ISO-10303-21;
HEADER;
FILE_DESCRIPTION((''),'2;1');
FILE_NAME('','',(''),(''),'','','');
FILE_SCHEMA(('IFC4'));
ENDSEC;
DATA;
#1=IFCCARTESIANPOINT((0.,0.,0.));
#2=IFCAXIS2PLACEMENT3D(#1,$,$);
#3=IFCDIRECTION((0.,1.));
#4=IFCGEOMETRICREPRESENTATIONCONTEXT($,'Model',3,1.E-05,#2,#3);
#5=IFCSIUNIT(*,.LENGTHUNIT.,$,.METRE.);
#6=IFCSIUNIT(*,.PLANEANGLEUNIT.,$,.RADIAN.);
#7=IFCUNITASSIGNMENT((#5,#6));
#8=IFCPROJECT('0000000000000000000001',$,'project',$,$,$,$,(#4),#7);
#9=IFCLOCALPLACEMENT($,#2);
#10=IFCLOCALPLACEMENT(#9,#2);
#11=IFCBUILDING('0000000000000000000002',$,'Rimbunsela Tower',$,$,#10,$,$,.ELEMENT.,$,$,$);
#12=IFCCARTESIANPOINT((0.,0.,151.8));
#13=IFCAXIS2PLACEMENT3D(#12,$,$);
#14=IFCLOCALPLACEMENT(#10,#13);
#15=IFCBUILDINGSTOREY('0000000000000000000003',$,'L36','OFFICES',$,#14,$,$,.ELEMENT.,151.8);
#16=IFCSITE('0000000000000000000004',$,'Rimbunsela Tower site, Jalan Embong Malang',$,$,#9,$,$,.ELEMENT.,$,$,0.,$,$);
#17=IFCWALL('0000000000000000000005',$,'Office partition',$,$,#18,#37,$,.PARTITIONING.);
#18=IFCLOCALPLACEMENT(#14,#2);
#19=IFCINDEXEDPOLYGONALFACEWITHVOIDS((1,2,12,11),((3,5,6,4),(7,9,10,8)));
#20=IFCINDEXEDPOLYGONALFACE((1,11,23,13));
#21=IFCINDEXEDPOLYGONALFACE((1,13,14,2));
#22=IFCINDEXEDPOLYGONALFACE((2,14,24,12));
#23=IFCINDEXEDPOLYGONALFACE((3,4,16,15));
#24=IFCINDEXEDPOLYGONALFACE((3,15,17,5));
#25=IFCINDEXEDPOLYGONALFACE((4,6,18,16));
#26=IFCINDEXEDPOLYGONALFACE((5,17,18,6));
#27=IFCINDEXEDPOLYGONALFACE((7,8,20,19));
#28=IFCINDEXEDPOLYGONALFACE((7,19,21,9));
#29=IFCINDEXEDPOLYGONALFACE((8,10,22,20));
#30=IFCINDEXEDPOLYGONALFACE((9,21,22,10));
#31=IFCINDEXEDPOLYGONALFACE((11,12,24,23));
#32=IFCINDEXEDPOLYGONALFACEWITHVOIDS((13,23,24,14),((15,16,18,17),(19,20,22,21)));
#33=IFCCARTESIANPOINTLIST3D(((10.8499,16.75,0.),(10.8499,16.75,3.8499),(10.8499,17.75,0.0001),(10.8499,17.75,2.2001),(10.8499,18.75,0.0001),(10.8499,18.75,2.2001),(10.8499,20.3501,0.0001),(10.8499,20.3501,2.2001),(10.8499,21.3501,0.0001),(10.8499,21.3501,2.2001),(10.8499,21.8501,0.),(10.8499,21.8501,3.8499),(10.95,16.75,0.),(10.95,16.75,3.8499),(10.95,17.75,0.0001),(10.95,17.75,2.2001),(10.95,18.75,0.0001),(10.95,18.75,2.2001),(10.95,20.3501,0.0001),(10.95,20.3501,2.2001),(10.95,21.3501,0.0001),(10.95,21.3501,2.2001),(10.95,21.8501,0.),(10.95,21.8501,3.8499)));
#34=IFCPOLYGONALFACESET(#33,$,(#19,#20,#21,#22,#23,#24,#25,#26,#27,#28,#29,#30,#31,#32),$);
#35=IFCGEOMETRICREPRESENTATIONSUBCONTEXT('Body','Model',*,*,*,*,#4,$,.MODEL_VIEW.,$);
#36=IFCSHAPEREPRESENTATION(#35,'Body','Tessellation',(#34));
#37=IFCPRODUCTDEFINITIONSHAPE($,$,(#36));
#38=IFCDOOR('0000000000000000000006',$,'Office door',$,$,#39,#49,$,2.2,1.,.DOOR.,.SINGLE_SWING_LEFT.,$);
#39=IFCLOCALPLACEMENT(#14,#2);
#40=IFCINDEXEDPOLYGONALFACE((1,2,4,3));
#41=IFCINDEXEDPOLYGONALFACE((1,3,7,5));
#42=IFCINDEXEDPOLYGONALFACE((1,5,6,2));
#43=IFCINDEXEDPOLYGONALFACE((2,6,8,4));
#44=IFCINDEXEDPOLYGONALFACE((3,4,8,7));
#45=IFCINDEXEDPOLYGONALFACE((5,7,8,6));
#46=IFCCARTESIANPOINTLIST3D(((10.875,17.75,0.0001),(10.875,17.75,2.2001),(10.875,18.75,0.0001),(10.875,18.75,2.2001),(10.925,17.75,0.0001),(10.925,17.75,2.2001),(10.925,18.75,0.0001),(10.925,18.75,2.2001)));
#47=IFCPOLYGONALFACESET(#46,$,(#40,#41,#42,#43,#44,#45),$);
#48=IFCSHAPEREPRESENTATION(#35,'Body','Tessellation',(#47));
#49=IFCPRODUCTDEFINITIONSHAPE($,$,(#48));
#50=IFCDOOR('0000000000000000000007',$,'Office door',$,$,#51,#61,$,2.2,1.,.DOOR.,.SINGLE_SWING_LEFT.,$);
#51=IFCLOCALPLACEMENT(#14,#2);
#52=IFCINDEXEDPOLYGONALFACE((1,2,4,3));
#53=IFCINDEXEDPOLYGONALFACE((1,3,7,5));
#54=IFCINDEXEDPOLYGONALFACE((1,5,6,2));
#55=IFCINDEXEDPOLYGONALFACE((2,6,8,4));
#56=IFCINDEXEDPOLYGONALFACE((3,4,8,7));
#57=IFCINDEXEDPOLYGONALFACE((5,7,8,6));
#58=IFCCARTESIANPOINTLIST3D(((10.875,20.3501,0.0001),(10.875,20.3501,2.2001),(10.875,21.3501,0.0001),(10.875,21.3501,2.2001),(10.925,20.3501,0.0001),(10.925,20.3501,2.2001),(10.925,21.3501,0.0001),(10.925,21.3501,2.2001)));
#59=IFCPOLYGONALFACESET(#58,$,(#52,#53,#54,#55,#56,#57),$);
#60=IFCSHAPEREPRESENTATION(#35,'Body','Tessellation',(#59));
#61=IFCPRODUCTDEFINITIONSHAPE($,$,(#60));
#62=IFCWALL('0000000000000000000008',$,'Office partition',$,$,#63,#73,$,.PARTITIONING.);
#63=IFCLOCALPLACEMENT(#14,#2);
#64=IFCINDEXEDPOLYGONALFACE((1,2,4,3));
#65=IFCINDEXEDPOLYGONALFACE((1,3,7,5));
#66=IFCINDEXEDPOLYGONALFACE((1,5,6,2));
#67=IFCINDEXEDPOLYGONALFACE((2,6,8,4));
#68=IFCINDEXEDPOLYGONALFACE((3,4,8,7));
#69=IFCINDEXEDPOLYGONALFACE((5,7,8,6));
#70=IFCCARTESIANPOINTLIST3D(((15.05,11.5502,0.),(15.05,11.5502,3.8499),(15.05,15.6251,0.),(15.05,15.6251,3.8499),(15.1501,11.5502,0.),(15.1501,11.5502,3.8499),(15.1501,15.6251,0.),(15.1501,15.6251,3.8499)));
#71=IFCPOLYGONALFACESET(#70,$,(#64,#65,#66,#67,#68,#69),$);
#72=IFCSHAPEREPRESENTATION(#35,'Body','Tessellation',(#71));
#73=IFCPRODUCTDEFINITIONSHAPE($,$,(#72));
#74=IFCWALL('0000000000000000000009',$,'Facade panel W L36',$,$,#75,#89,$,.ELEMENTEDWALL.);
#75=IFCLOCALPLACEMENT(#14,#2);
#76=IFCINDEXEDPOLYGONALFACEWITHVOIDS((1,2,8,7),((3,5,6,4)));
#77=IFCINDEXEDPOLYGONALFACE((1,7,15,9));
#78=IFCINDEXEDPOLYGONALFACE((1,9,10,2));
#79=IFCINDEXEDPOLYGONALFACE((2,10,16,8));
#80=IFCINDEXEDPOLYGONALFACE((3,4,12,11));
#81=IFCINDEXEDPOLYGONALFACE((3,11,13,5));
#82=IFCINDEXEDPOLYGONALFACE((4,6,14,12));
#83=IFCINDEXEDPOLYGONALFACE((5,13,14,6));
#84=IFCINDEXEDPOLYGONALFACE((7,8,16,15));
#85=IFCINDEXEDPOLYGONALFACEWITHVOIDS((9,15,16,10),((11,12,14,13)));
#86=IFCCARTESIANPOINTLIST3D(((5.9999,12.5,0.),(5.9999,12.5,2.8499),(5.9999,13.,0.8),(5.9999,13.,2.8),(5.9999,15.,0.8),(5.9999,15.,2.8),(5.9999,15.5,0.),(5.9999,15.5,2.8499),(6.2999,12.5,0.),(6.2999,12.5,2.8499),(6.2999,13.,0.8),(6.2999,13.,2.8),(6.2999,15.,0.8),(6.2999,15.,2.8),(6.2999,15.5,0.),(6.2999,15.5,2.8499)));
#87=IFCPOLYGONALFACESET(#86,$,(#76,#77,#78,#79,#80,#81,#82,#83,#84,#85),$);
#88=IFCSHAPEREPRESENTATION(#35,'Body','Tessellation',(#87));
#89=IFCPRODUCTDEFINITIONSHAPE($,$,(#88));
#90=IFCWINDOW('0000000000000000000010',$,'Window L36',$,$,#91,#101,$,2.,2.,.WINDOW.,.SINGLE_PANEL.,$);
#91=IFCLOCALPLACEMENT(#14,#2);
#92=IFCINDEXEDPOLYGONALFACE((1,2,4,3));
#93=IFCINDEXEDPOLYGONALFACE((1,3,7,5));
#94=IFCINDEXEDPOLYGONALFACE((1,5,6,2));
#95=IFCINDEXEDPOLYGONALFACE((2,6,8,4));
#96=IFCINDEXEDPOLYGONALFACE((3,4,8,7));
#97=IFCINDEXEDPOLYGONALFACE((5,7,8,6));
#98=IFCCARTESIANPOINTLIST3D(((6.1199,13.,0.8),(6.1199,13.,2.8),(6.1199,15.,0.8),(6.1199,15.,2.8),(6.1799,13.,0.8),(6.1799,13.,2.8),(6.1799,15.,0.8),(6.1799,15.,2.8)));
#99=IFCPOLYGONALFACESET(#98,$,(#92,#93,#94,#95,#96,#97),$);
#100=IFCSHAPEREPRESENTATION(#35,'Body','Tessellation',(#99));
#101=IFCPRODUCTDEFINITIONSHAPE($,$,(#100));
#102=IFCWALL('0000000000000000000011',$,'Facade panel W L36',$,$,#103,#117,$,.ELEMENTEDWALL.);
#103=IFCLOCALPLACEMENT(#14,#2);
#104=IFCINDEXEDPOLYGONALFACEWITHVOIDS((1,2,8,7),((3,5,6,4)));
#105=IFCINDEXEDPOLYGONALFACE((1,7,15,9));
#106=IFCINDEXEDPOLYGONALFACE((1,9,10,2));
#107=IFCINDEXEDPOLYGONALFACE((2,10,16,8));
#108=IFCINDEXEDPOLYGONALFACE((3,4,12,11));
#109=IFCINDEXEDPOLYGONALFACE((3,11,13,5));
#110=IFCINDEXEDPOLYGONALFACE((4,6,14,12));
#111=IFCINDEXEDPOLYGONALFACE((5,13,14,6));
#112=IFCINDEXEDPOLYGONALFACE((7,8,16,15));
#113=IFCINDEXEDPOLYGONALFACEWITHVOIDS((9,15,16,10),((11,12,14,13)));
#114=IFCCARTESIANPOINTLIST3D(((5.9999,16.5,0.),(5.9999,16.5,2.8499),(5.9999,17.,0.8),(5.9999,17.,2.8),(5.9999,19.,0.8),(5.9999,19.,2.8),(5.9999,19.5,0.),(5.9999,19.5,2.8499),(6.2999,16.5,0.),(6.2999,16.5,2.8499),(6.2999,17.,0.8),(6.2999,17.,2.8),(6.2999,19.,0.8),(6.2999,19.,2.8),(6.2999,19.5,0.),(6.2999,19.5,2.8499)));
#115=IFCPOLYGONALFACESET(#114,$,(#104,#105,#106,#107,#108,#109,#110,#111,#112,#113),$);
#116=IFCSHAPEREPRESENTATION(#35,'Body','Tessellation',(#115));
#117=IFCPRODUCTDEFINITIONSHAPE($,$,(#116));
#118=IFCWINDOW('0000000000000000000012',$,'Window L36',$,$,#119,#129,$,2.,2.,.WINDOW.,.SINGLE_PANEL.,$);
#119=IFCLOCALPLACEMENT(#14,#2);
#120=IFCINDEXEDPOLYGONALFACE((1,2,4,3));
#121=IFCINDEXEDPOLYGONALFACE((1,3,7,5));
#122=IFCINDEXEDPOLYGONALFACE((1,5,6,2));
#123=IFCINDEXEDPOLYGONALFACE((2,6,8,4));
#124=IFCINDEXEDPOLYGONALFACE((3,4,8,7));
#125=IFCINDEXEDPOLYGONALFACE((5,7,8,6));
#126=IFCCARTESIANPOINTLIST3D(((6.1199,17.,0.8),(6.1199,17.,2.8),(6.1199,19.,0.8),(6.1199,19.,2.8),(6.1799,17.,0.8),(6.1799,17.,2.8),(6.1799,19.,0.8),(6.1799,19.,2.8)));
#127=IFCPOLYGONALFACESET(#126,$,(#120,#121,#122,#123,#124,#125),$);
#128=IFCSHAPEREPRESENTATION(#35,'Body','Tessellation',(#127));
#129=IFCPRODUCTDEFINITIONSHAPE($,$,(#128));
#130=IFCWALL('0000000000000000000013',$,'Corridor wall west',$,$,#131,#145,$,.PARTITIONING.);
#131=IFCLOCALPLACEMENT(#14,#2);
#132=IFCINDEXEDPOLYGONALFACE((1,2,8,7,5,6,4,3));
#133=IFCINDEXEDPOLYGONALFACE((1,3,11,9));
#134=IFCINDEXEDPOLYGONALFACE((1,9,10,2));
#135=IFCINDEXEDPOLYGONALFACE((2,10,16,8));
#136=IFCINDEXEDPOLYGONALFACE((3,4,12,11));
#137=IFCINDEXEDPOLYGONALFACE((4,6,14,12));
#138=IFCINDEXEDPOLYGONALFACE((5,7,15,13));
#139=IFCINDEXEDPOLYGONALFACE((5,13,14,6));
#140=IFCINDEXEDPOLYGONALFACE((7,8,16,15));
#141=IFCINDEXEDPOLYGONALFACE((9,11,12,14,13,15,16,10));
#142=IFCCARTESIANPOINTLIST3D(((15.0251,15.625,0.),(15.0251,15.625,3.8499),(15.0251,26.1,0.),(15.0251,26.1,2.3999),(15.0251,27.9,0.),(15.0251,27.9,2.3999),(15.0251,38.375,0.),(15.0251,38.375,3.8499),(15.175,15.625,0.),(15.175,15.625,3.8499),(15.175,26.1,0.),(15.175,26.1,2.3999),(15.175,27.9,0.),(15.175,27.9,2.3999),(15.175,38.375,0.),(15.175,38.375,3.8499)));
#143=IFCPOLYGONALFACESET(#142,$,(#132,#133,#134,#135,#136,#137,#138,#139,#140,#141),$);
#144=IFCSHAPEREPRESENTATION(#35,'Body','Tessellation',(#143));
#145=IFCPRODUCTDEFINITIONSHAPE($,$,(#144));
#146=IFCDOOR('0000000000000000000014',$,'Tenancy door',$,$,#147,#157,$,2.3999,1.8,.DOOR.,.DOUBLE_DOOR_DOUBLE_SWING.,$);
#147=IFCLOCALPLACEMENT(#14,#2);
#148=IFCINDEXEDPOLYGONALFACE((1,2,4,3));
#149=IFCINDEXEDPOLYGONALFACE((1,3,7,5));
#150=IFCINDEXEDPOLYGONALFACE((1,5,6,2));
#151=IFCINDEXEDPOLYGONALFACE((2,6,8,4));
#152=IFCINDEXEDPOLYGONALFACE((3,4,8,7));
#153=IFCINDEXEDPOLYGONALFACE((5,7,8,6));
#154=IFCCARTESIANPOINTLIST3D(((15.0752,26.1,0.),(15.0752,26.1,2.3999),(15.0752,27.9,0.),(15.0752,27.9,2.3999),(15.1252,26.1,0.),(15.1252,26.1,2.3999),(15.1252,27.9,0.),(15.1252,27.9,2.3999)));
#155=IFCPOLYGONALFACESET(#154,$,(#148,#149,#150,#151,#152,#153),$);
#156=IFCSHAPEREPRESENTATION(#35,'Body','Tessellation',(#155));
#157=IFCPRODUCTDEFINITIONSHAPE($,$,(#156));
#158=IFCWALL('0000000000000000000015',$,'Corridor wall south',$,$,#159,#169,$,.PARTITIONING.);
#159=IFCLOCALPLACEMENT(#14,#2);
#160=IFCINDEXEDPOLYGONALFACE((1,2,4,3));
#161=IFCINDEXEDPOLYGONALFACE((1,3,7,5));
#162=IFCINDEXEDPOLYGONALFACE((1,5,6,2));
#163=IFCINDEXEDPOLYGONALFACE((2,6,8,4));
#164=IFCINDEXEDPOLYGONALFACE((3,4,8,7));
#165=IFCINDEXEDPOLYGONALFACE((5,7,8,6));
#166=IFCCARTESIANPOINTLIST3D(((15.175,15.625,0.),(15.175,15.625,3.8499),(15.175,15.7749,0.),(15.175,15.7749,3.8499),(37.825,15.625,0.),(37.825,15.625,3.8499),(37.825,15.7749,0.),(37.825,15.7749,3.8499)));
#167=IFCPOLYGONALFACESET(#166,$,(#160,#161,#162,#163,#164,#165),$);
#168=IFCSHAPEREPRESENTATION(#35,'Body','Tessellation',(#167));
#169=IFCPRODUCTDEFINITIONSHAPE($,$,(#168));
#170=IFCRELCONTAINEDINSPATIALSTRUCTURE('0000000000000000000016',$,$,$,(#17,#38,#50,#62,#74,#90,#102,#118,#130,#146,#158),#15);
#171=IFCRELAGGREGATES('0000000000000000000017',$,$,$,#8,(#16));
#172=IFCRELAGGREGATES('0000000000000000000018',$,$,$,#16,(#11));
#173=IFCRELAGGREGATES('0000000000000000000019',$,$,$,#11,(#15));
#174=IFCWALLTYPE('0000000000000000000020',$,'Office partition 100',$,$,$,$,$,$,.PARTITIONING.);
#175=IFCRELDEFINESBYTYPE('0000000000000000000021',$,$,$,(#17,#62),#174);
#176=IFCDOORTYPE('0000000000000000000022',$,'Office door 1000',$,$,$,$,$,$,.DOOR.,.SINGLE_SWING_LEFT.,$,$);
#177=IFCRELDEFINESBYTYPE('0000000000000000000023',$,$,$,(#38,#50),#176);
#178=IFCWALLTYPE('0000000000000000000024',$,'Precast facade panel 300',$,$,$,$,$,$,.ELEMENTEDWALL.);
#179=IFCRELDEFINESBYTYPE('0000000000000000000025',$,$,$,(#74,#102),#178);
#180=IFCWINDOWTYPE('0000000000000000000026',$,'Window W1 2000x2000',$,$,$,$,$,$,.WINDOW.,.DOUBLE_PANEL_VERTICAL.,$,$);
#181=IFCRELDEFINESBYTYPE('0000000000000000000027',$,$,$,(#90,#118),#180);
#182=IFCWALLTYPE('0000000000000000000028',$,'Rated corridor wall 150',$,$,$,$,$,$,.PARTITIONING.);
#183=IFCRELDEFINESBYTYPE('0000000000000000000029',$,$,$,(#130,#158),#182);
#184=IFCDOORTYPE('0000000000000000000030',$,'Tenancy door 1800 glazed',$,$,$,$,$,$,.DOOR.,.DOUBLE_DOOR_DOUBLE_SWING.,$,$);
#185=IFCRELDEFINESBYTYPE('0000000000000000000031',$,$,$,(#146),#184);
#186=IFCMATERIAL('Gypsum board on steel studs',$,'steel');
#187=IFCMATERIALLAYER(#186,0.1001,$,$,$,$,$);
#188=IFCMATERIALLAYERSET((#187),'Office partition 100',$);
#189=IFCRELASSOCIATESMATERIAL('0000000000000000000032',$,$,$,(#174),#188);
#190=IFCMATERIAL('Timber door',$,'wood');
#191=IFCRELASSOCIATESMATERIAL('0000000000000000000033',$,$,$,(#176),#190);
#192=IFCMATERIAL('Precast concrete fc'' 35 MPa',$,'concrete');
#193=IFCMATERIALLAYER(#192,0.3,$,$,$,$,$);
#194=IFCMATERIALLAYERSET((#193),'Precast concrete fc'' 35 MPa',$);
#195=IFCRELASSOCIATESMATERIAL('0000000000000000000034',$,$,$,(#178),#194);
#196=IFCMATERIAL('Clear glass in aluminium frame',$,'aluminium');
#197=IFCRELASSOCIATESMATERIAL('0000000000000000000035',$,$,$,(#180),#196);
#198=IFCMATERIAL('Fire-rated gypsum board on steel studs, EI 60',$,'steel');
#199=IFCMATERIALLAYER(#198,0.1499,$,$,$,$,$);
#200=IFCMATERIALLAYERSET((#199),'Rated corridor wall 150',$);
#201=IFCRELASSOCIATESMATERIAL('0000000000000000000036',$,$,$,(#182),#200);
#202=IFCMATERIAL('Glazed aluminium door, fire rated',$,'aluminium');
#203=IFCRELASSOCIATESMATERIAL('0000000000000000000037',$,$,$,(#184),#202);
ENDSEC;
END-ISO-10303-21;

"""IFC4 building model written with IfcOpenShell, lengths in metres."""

from ifc_helpers import new_model, si_unit, direction, frame, frame_2d, origin, place, context, subcontext, project, spatial, rectangle, extrude, material, layer, layer_set, type_object, element, fill, save


model = new_model("IFC4")

# Units and contexts
model_context = context("Model", 3, precision=1e-05, world=origin(), true_north=direction((0.0, 1.0)))
body_context = subcontext(model_context, "Body", "Model", "MODEL_VIEW")
ifc_project = project(units=[si_unit("LENGTHUNIT", "METRE"), si_unit("PLANEANGLEUNIT", "RADIAN")], contexts=[model_context])

# Site, building, storey
site_placement = place(None, origin())
site = spatial("IfcSite", under=ifc_project, at=site_placement, Name="Rimbunsela Tower site, Jalan Embong Malang", CompositionType="ELEMENT", RefElevation=0.0)
building_placement = place(site_placement, origin())
building = spatial("IfcBuilding", under=site, at=building_placement, Name="Rimbunsela Tower", CompositionType="ELEMENT")
storey_placement = place(building_placement, frame((0.0, 0.0, 151.8)))
storey = spatial("IfcBuildingStorey", under=building, at=storey_placement, Name="L36", Description="OFFICES", CompositionType="ELEMENT", Elevation=151.8)

# Shared definitions
ifc_material_1 = material(Name="Gypsum board on steel studs", Category="steel")
ifc_layer_1 = layer(ifc_material_1, 0.1001)
ifc_layer_set_1 = layer_set([ifc_layer_1], Name="Office partition 100")
wall_type_1 = type_object("IfcWallType", Name="Office partition 100", PredefinedType="PARTITIONING", material=ifc_layer_set_1)
ifc_material_2 = material(Name="Timber door", Category="wood")
door_type_1 = type_object("IfcDoorType", Name="Office door 1000", OperationType="SINGLE_SWING_LEFT", PredefinedType="DOOR", material=ifc_material_2)

# Wall, openings, doors
wall_1_placement = place(storey_placement, frame((10.8999, 16.75, 0.0), z_axis=(0.0, 0.0, 1.0), x_axis=(0.0, 1.0, 0.0)))
wall_1 = element("IfcWall", 1, at=wall_1_placement, inside=storey, type_object=wall_type_1, Name="Office partition", PredefinedType="PARTITIONING", context=body_context, shape_type="SweptSolid", body=[
    extrude(rectangle(XDim=5.1001, YDim=0.1001, at=frame_2d((2.55, 0.0))), origin(), (0.0, 0.0, 1.0), 3.8499),
])
opening_1_placement = place(wall_1_placement, frame((1.0, 0.0, 0.0)))
opening_1 = element("IfcOpeningElement", 2, at=opening_1_placement, cuts=wall_1, PredefinedType="OPENING", context=body_context, shape_type="SweptSolid", body=[
    extrude(rectangle(XDim=1.0, YDim=2.2, at=frame_2d((0.5, 1.1001))), frame((0.0, 0.0601, 0.0), z_axis=(0.0, -1.0, 0.0), x_axis=(1.0, 0.0, 0.0)), (0.0, 0.0, 1.0), 0.1201),
])
opening_2_placement = place(wall_1_placement, frame((3.6001, 0.0, 0.0)))
opening_2 = element("IfcOpeningElement", 3, at=opening_2_placement, cuts=wall_1, PredefinedType="OPENING", context=body_context, shape_type="SweptSolid", body=[
    extrude(rectangle(XDim=1.0, YDim=2.2, at=frame_2d((0.5, 1.1001))), frame((0.0, 0.0601, 0.0), z_axis=(0.0, -1.0, 0.0), x_axis=(1.0, 0.0, 0.0)), (0.0, 0.0, 1.0), 0.1201),
])
door_1_placement = place(opening_1_placement, origin())
door_1 = element("IfcDoor", 4, at=door_1_placement, inside=storey, type_object=door_type_1, Name="Office door", OperationType="SINGLE_SWING_LEFT", OverallHeight=2.2, OverallWidth=1.0, PredefinedType="DOOR", context=body_context, shape_type="SweptSolid", body=[
    extrude(rectangle(XDim=1.0, YDim=2.2, at=frame_2d((0.5, 1.1001))), frame((0.0, 0.0249, 0.0), z_axis=(0.0, -1.0, 0.0), x_axis=(1.0, 0.0, 0.0)), (0.0, 0.0, 1.0), 0.05),
])
fill(opening_1, door_1)
door_2_placement = place(opening_2_placement, origin())
door_2 = element("IfcDoor", 5, at=door_2_placement, inside=storey, type_object=door_type_1, Name="Office door", OperationType="SINGLE_SWING_LEFT", OverallHeight=2.2, OverallWidth=1.0, PredefinedType="DOOR", context=body_context, shape_type="SweptSolid", body=[
    extrude(rectangle(XDim=1.0, YDim=2.2, at=frame_2d((0.5, 1.1001))), frame((0.0, 0.0249, 0.0), z_axis=(0.0, -1.0, 0.0), x_axis=(1.0, 0.0, 0.0)), (0.0, 0.0, 1.0), 0.05),
])
fill(opening_2, door_2)

# Wall
wall_2_placement = place(storey_placement, frame((15.1001, 11.55, 0.0), z_axis=(0.0, 0.0, 1.0), x_axis=(0.0, 1.0, 0.0)))
element("IfcWall", 6, at=wall_2_placement, inside=storey, type_object=wall_type_1, Name="Office partition", PredefinedType="PARTITIONING", context=body_context, shape_type="SweptSolid", body=[
    extrude(rectangle(XDim=4.075, YDim=0.1001, at=frame_2d((2.0376, 0.0))), origin(), (0.0, 0.0, 1.0), 3.8499),
])

# Walls, openings, windows
ifc_material_3 = material(Name="Precast concrete fc' 35 MPa", Category="concrete")
ifc_layer_2 = layer(ifc_material_3, 0.3)
ifc_layer_set_2 = layer_set([ifc_layer_2], Name="Precast concrete fc' 35 MPa")
wall_type_2 = type_object("IfcWallType", Name="Precast facade panel 300", PredefinedType="ELEMENTEDWALL", material=ifc_layer_set_2)
wall_3_placement = place(storey_placement, frame((6.1499, 15.5, 0.0), z_axis=(0.0, 0.0, 1.0), x_axis=(0.0, -1.0, 0.0)))
wall_3 = element("IfcWall", 7, at=wall_3_placement, inside=storey, type_object=wall_type_2, Name="Facade panel W L36", PredefinedType="ELEMENTEDWALL", context=body_context, shape_type="SweptSolid", body=[
    extrude(rectangle(XDim=3.0, YDim=0.3, at=frame_2d((1.5, 0.0))), origin(), (0.0, 0.0, 1.0), 2.8499),
])
opening_3_placement = place(wall_3_placement, frame((0.5, 0.0, 0.8)))
opening_3 = element("IfcOpeningElement", 8, at=opening_3_placement, cuts=wall_3, PredefinedType="OPENING", context=body_context, shape_type="SweptSolid", body=[
    extrude(rectangle(XDim=2.0, YDim=2.0, at=frame_2d((1.0, 1.0))), frame((0.0, 0.1599, 0.0), z_axis=(0.0, -1.0, 0.0), x_axis=(1.0, 0.0, 0.0)), (0.0, 0.0, 1.0), 0.3201),
])
ifc_material_4 = material(Name="Clear glass in aluminium frame", Category="aluminium")
window_type = type_object("IfcWindowType", Name="Window W1 2000x2000", PartitioningType="DOUBLE_PANEL_VERTICAL", PredefinedType="WINDOW", material=ifc_material_4)
window_1_placement = place(opening_3_placement, origin())
window_1 = element("IfcWindow", 9, at=window_1_placement, inside=storey, type_object=window_type, Name="Window L36", OverallHeight=2.0, OverallWidth=2.0, PartitioningType="SINGLE_PANEL", PredefinedType="WINDOW", context=body_context, shape_type="SweptSolid", body=[
    extrude(rectangle(XDim=2.0, YDim=2.0, at=frame_2d((1.0, 1.0))), frame((0.0, 0.03, 0.0), z_axis=(0.0, -1.0, 0.0), x_axis=(1.0, 0.0, 0.0)), (0.0, 0.0, 1.0), 0.0601),
])
fill(opening_3, window_1)
wall_4_placement = place(storey_placement, frame((6.1499, 19.5, 0.0), z_axis=(0.0, 0.0, 1.0), x_axis=(0.0, -1.0, 0.0)))
wall_4 = element("IfcWall", 10, at=wall_4_placement, inside=storey, type_object=wall_type_2, Name="Facade panel W L36", PredefinedType="ELEMENTEDWALL", context=body_context, shape_type="SweptSolid", body=[
    extrude(rectangle(XDim=3.0, YDim=0.3, at=frame_2d((1.5, 0.0))), origin(), (0.0, 0.0, 1.0), 2.8499),
])
opening_4_placement = place(wall_4_placement, frame((0.5, 0.0, 0.8)))
opening_4 = element("IfcOpeningElement", 11, at=opening_4_placement, cuts=wall_4, PredefinedType="OPENING", context=body_context, shape_type="SweptSolid", body=[
    extrude(rectangle(XDim=2.0, YDim=2.0, at=frame_2d((1.0, 1.0))), frame((0.0, 0.1599, 0.0), z_axis=(0.0, -1.0, 0.0), x_axis=(1.0, 0.0, 0.0)), (0.0, 0.0, 1.0), 0.3201),
])
window_2_placement = place(opening_4_placement, origin())
window_2 = element("IfcWindow", 12, at=window_2_placement, inside=storey, type_object=window_type, Name="Window L36", OverallHeight=2.0, OverallWidth=2.0, PartitioningType="SINGLE_PANEL", PredefinedType="WINDOW", context=body_context, shape_type="SweptSolid", body=[
    extrude(rectangle(XDim=2.0, YDim=2.0, at=frame_2d((1.0, 1.0))), frame((0.0, 0.03, 0.0), z_axis=(0.0, -1.0, 0.0), x_axis=(1.0, 0.0, 0.0)), (0.0, 0.0, 1.0), 0.0601),
])
fill(opening_4, window_2)

# Wall, opening, door
ifc_material_5 = material(Name="Fire-rated gypsum board on steel studs, EI 60", Category="steel")
ifc_layer_3 = layer(ifc_material_5, 0.1499)
ifc_layer_set_3 = layer_set([ifc_layer_3], Name="Rated corridor wall 150")
wall_type_3 = type_object("IfcWallType", Name="Rated corridor wall 150", PredefinedType="PARTITIONING", material=ifc_layer_set_3)
wall_5_placement = place(storey_placement, frame((15.1001, 15.625, 0.0), z_axis=(0.0, 0.0, 1.0), x_axis=(0.0, 1.0, 0.0)))
wall_5 = element("IfcWall", 13, at=wall_5_placement, inside=storey, type_object=wall_type_3, Name="Corridor wall west", PredefinedType="PARTITIONING", context=body_context, shape_type="SweptSolid", body=[
    extrude(rectangle(XDim=22.75, YDim=0.1499, at=frame_2d((11.375, 0.0))), origin(), (0.0, 0.0, 1.0), 3.8499),
])
opening_5_placement = place(wall_5_placement, frame((10.4751, 0.0, 0.0)))
opening_5 = element("IfcOpeningElement", 14, at=opening_5_placement, cuts=wall_5, PredefinedType="OPENING", context=body_context, shape_type="SweptSolid", body=[
    extrude(rectangle(XDim=1.8, YDim=2.3999, at=frame_2d((0.8999, 1.2))), frame((0.0, 0.085, 0.0), z_axis=(0.0, -1.0, 0.0), x_axis=(1.0, 0.0, 0.0)), (0.0, 0.0, 1.0), 0.1699),
])
ifc_material_6 = material(Name="Glazed aluminium door, fire rated", Category="aluminium")
door_type_2 = type_object("IfcDoorType", Name="Tenancy door 1800 glazed", OperationType="DOUBLE_DOOR_DOUBLE_SWING", PredefinedType="DOOR", material=ifc_material_6)
door_3_placement = place(opening_5_placement, origin())
door_3 = element("IfcDoor", 15, at=door_3_placement, inside=storey, type_object=door_type_2, Name="Tenancy door", OperationType="DOUBLE_DOOR_DOUBLE_SWING", OverallHeight=2.3999, OverallWidth=1.8, PredefinedType="DOOR", context=body_context, shape_type="SweptSolid", body=[
    extrude(rectangle(XDim=1.8, YDim=2.3999, at=frame_2d((0.8999, 1.2))), frame((0.0, 0.0249, 0.0), z_axis=(0.0, -1.0, 0.0), x_axis=(1.0, 0.0, 0.0)), (0.0, 0.0, 1.0), 0.05),
])
fill(opening_5, door_3)

# Wall
wall_6_placement = place(storey_placement, frame((15.175, 15.7, 0.0), z_axis=(0.0, 0.0, 1.0), x_axis=(1.0, 0.0, 0.0)))
element("IfcWall", 16, at=wall_6_placement, inside=storey, type_object=wall_type_3, Name="Corridor wall south", PredefinedType="PARTITIONING", context=body_context, shape_type="SweptSolid", body=[
    extrude(rectangle(XDim=22.6499, YDim=0.1499, at=frame_2d((11.325, 0.0))), origin(), (0.0, 0.0, 1.0), 3.8499),
])

save(model, "model.ifc")
